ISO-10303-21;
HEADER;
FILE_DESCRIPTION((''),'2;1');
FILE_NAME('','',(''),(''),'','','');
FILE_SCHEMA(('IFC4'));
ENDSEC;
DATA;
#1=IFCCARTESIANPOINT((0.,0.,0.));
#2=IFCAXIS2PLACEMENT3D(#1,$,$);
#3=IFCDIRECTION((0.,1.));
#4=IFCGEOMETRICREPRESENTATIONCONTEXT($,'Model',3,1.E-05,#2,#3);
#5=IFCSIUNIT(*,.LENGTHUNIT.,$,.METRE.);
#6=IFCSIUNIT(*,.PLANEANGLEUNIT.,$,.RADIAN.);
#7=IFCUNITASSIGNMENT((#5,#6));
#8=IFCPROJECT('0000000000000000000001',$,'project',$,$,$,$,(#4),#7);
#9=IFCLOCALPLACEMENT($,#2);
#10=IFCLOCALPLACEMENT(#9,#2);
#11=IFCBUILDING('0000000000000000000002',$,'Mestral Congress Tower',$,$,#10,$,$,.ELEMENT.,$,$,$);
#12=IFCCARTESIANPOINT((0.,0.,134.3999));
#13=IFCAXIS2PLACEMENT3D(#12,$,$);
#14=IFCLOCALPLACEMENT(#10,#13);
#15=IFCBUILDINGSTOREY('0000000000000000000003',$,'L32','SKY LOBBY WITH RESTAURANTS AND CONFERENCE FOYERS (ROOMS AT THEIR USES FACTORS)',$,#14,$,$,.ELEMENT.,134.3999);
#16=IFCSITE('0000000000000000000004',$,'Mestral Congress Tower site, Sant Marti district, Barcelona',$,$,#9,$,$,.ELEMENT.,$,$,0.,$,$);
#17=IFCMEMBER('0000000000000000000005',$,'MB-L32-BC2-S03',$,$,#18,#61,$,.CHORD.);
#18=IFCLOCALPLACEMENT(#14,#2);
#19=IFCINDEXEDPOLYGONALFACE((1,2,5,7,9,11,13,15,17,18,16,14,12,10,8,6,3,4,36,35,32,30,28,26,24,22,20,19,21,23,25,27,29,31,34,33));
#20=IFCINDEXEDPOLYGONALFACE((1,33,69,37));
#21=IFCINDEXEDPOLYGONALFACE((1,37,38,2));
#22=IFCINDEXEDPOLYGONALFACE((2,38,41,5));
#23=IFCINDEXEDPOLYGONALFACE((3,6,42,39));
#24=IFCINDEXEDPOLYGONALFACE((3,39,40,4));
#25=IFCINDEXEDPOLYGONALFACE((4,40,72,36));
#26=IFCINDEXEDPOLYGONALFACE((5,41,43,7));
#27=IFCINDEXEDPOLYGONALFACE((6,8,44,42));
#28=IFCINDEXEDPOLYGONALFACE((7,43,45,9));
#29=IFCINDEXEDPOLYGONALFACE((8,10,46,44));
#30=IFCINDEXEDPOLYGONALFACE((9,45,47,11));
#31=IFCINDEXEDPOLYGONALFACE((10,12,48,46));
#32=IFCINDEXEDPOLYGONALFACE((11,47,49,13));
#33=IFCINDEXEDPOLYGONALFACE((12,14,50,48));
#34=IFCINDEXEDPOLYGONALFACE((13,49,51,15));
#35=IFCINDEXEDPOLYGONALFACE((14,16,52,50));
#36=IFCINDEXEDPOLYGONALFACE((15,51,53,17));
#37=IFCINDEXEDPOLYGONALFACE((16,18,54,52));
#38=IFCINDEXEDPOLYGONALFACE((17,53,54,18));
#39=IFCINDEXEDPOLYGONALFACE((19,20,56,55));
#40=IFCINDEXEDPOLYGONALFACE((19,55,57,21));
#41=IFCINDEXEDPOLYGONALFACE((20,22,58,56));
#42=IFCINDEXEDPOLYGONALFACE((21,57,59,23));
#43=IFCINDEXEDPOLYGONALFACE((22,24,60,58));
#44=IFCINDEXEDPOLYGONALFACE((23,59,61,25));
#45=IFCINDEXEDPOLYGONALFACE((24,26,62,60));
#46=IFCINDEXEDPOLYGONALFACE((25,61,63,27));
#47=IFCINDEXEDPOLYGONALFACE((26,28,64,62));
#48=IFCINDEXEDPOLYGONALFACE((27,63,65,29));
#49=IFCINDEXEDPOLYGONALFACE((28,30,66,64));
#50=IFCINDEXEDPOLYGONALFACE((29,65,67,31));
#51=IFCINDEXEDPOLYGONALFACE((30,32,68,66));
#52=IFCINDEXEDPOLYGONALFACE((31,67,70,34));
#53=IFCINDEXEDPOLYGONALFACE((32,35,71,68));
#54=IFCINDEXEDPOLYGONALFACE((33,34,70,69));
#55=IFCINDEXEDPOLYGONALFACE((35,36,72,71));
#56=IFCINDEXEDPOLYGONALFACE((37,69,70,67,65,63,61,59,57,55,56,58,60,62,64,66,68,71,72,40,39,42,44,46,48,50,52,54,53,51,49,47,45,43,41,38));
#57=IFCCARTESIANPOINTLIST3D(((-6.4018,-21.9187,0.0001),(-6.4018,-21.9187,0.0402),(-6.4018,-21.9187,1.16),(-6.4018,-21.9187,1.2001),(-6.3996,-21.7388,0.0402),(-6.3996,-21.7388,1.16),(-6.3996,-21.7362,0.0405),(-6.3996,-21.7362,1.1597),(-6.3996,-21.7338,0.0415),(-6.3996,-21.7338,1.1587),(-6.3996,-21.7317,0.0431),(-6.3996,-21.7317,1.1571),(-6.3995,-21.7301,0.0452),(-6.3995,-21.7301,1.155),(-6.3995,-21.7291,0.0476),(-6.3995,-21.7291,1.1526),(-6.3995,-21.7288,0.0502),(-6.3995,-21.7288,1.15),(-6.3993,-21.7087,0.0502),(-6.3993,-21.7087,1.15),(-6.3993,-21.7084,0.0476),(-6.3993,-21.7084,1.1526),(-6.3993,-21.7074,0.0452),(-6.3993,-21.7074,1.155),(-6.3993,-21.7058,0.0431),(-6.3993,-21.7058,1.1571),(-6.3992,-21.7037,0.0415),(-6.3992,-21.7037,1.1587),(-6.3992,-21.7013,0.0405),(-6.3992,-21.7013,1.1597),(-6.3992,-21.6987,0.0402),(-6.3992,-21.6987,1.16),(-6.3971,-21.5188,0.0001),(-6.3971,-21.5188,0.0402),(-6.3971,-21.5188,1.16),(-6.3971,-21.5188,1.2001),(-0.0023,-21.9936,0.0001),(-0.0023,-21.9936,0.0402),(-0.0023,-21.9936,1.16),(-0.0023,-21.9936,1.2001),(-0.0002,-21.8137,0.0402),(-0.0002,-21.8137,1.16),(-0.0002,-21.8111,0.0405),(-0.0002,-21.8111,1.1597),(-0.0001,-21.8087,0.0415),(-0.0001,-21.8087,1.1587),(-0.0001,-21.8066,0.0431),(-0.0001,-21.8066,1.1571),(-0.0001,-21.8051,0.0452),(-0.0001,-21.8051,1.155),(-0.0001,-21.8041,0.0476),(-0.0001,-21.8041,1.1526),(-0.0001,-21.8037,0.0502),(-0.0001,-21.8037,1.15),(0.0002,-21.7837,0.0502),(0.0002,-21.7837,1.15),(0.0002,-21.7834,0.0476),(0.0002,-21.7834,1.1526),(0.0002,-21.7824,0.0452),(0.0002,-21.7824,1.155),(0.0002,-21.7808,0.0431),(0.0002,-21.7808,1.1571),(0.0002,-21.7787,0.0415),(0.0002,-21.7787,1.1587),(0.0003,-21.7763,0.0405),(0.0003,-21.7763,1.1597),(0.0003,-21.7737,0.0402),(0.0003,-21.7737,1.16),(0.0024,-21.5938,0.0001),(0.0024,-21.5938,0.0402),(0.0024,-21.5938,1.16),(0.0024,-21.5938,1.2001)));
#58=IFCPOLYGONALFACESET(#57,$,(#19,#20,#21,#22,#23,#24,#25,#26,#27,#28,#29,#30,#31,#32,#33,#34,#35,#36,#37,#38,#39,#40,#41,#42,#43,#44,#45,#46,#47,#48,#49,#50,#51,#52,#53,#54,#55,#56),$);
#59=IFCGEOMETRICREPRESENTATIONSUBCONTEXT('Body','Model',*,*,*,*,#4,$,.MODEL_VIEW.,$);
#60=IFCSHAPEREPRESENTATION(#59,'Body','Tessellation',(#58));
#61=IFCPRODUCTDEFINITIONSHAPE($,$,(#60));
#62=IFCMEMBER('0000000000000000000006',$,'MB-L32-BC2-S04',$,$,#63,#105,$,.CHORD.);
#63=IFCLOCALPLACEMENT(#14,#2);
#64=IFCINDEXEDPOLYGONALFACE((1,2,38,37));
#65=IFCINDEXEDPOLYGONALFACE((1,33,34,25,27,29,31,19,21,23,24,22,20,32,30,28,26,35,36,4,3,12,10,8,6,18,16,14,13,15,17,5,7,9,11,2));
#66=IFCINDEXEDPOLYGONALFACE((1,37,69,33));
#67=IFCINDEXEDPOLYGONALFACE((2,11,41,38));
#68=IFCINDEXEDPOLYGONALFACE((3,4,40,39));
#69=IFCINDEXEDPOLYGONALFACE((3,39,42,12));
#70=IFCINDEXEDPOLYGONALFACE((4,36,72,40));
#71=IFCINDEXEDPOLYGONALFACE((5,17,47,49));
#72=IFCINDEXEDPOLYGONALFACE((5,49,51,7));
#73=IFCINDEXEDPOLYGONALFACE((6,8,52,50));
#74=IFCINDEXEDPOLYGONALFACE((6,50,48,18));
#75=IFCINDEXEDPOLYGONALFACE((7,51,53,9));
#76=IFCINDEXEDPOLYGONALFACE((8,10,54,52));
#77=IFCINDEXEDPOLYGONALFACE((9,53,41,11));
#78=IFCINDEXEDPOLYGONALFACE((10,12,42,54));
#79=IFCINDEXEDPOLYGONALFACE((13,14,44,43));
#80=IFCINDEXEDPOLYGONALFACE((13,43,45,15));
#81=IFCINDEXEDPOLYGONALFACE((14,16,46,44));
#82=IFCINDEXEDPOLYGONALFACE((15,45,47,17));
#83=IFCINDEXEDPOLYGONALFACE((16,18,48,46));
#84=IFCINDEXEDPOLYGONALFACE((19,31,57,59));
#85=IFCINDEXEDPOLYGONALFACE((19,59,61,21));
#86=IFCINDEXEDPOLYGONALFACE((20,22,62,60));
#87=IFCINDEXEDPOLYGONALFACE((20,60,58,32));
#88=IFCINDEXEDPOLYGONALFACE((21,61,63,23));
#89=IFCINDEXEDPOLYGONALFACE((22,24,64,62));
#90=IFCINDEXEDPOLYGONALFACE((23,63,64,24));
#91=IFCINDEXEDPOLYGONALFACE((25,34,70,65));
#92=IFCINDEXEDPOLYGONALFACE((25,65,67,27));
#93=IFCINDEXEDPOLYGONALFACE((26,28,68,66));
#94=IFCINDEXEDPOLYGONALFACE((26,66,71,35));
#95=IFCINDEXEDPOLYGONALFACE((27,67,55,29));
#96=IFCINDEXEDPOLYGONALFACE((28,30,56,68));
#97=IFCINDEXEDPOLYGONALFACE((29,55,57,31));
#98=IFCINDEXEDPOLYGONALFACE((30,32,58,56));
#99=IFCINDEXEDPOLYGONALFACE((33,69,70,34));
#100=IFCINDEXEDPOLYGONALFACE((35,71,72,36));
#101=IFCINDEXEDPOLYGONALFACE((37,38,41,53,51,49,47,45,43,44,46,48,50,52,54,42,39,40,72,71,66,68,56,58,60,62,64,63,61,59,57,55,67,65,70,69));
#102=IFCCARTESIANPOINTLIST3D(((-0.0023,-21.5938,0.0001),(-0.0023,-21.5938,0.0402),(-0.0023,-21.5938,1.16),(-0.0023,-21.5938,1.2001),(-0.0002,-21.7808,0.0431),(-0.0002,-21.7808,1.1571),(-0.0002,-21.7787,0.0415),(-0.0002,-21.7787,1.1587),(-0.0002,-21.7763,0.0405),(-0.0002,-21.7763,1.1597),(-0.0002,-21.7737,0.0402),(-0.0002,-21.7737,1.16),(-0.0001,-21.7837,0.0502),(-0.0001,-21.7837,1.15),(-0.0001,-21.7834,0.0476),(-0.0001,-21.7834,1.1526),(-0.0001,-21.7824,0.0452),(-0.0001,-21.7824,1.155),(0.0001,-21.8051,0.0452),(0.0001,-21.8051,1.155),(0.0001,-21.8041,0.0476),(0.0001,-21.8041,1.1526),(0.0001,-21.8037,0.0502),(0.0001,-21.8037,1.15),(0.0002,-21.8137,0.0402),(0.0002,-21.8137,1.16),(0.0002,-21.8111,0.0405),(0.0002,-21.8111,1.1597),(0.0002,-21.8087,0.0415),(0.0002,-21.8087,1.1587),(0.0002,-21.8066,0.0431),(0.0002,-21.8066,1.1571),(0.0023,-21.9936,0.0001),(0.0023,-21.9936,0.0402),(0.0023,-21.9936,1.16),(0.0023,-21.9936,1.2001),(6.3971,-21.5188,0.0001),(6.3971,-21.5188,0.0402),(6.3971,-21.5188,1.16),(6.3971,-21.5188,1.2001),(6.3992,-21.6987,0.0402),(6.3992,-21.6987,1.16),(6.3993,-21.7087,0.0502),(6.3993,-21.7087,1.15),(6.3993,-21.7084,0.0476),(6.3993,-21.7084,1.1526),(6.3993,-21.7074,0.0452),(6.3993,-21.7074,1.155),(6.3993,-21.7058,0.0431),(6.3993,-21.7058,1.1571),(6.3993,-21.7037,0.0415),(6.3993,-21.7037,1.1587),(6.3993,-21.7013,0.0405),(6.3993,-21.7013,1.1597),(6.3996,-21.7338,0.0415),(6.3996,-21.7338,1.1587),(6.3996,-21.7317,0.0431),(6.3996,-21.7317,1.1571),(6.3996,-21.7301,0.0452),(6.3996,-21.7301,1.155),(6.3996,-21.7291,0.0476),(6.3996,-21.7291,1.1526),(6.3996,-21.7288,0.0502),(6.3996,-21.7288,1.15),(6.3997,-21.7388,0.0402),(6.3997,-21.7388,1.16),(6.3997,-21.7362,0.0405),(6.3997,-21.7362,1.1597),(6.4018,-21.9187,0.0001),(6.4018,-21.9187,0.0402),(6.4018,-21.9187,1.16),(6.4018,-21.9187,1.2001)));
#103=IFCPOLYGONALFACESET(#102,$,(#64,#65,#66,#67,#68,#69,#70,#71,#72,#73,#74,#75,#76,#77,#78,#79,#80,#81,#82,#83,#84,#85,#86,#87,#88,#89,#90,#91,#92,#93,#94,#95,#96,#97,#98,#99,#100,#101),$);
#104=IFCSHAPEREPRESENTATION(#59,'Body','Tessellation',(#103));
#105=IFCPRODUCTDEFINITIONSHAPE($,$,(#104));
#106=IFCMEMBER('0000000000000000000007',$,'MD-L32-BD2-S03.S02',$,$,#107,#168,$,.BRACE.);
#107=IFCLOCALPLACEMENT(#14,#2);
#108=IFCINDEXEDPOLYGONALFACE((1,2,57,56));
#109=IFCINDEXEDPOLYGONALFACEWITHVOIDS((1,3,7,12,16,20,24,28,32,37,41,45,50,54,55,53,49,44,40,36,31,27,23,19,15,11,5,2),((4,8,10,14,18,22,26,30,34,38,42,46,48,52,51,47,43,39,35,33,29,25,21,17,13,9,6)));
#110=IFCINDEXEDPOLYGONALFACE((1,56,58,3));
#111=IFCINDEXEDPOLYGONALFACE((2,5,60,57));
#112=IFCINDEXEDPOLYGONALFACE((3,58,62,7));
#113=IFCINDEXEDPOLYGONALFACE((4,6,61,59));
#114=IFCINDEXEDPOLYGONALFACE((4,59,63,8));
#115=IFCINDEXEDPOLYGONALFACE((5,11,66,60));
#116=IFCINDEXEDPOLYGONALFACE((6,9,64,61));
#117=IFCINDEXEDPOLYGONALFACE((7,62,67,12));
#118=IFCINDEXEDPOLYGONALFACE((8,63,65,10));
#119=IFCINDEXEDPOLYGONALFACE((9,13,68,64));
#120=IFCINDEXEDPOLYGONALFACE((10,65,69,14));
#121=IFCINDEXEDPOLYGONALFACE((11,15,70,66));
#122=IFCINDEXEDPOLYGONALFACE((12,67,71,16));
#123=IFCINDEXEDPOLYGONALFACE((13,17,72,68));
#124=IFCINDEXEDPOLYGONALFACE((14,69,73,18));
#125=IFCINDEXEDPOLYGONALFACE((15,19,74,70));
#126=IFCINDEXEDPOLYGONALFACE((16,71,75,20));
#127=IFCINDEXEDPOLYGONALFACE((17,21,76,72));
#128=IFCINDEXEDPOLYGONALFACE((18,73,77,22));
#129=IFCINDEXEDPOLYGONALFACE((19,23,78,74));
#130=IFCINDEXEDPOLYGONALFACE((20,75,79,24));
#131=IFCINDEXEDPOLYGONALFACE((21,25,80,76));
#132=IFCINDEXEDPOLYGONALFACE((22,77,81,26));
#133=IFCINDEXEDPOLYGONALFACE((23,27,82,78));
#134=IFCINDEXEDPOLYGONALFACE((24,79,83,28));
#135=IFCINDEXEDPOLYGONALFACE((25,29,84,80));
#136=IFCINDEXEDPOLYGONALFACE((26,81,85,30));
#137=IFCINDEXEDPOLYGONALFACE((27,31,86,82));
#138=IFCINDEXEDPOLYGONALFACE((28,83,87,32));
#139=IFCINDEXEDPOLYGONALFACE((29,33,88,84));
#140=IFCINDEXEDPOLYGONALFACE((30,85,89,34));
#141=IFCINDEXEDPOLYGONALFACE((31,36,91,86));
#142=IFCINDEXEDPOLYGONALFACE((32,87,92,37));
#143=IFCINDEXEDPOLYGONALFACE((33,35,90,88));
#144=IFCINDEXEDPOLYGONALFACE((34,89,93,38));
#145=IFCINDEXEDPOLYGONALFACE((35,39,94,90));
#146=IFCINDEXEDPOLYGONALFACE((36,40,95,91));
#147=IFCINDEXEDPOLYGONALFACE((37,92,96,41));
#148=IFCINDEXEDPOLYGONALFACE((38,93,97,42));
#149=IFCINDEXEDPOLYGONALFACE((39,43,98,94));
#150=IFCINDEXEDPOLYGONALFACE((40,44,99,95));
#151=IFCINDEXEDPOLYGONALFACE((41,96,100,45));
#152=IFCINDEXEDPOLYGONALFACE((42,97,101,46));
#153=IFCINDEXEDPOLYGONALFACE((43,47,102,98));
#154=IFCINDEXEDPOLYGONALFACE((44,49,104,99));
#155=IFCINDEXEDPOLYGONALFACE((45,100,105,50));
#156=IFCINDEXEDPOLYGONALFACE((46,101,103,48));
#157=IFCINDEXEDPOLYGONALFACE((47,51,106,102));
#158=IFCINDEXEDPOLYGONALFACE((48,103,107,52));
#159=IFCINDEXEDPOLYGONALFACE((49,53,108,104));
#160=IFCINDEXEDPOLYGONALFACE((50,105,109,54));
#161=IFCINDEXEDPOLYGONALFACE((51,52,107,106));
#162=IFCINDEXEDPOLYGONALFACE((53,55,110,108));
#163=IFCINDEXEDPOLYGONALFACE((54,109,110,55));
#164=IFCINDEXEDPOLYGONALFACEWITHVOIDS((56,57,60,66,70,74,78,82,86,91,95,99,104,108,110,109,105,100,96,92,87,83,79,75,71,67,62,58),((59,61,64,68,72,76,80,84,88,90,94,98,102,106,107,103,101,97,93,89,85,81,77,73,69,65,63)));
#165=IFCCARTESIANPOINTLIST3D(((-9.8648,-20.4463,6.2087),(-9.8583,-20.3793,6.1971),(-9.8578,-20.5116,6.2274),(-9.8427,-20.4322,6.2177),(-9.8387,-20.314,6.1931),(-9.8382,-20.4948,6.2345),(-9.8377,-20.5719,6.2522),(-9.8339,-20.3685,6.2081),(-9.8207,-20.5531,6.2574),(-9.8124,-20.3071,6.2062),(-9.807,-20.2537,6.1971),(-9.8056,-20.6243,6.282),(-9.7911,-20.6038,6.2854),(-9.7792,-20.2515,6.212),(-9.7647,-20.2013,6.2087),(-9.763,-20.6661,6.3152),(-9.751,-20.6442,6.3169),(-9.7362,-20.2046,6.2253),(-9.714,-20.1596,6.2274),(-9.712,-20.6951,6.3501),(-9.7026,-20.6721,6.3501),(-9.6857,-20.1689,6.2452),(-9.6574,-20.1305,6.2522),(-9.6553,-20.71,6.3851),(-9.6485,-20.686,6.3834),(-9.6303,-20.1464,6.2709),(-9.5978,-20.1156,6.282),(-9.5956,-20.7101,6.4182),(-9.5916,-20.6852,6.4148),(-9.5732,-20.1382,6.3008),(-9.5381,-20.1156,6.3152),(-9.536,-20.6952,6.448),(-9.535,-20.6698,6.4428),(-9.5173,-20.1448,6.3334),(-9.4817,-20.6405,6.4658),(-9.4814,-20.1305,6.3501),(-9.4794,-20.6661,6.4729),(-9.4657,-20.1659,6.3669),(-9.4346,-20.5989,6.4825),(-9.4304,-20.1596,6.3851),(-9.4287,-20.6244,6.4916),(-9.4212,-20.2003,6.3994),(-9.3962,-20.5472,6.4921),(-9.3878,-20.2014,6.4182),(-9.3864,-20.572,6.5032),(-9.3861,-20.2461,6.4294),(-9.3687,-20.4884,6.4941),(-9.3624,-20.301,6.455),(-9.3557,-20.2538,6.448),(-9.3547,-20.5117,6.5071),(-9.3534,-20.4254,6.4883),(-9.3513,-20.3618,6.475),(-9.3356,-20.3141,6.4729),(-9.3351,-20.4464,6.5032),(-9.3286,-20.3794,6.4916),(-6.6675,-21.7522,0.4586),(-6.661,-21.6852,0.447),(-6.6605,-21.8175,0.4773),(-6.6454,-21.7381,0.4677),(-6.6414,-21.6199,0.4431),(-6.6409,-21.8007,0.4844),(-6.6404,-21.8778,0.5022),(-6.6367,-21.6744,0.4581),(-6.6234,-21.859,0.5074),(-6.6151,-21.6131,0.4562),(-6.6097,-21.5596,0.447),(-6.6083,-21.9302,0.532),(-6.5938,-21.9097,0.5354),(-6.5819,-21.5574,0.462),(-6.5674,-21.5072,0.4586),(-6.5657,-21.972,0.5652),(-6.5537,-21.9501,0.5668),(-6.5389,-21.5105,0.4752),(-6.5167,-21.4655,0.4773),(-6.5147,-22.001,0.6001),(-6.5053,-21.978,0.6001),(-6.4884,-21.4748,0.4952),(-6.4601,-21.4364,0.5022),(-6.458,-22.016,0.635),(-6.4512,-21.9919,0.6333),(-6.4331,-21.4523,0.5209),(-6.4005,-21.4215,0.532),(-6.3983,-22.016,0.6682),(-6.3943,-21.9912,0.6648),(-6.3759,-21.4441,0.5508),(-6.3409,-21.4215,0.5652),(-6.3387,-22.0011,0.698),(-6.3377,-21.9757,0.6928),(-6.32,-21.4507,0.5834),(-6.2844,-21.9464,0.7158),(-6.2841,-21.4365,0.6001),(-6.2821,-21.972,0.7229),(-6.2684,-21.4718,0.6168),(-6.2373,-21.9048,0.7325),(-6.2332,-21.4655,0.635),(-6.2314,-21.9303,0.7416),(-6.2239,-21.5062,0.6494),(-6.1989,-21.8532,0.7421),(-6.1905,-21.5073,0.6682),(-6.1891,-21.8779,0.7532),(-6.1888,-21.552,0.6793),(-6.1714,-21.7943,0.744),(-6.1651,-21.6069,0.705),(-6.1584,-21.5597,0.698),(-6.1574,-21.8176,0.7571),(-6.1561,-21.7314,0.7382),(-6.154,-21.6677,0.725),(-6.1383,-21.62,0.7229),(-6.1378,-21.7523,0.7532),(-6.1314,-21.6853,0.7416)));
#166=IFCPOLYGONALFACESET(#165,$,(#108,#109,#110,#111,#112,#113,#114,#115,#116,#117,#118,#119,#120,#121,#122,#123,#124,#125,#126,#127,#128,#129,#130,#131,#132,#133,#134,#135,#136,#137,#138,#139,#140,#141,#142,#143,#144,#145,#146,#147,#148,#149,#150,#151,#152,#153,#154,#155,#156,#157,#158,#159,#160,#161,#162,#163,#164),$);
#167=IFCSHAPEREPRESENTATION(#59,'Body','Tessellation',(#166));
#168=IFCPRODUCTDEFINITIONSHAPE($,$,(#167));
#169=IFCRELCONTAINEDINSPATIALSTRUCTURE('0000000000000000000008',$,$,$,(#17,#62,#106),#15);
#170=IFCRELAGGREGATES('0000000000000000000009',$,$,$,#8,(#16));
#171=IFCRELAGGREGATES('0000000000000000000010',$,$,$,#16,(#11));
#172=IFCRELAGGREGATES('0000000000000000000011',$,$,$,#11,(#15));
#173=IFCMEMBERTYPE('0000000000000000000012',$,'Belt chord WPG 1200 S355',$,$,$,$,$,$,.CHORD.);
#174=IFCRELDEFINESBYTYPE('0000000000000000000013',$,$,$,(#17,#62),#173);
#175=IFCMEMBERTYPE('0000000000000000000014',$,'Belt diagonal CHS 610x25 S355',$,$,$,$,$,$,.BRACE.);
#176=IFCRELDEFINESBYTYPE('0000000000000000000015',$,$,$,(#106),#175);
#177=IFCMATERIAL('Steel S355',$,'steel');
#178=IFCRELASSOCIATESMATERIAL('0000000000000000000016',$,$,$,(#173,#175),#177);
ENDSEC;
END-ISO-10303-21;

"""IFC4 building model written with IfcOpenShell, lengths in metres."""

from ifc_helpers import new_model, si_unit, direction, frame, origin, origin_2d, place, context, subcontext, project, spatial, hollow_circle, i_section, extrude, material, material_profile, profile_set, type_object, element, save


model = new_model("IFC4")

# Units and contexts
model_context = context("Model", 3, precision=1e-05, world=origin(), true_north=direction((0.0, 1.0)))
body_context = subcontext(model_context, "Body", "Model", "MODEL_VIEW")
ifc_project = project(units=[si_unit("LENGTHUNIT", "METRE"), si_unit("PLANEANGLEUNIT", "RADIAN")], contexts=[model_context])

# Site, building, storey
site_placement = place(None, origin())
site = spatial("IfcSite", under=ifc_project, at=site_placement, Name="Mestral Congress Tower site, Sant Marti district, Barcelona", CompositionType="ELEMENT", RefElevation=0.0)
building_placement = place(site_placement, origin())
building = spatial("IfcBuilding", under=site, at=building_placement, Name="Mestral Congress Tower", CompositionType="ELEMENT")
storey_placement = place(building_placement, frame((0.0, 0.0, 134.3999)))
storey = spatial("IfcBuildingStorey", under=building, at=storey_placement, Name="L32", Description="SKY LOBBY WITH RESTAURANTS AND CONFERENCE FOYERS (ROOMS AT THEIR USES FACTORS)", CompositionType="ELEMENT", Elevation=134.3999)

# Members
ifc_material_1 = material(Name="Steel S355", Category="steel")
ifc_material_profile_1 = material_profile(ifc_material_1, i_section(OverallWidth=0.3999, OverallDepth=1.2, WebThickness=0.02, FlangeThickness=0.04, FilletRadius=0.01, at=origin_2d()), Name="WPG 1200")
ifc_profile_set_1 = profile_set([ifc_material_profile_1], Name="Steel S355")
member_type_1 = type_object("IfcMemberType", Name="Belt chord WPG 1200 S355", PredefinedType="CHORD", material=ifc_profile_set_1)
for number, where, z_axis, x_axis, name in (
    (1, (-6.3994, -21.7188, 0.6001), (0.999931, -0.011711, 0.0), (0.011711, 0.999931, 0.0), "MB-L32-BC2-S03"),
    (2, (0.0, -21.7937, 0.6001), (0.999931, 0.011711, 0.0), (-0.011711, 0.999931, 0.0), "MB-L32-BC2-S04"),
):
    element("IfcMember", number, at=place(storey_placement, frame(where, z_axis=z_axis, x_axis=x_axis)), inside=storey, type_object=member_type_1, Name=name, PredefinedType="CHORD", context=body_context, shape_type="SweptSolid", body=[
        extrude(i_section(OverallWidth=0.3999, OverallDepth=1.2, WebThickness=0.02, FlangeThickness=0.04, FilletRadius=0.01, at=origin_2d()), origin(), (0.0, 0.0, 1.0), 6.3999),
    ])
ifc_material_profile_2 = material_profile(ifc_material_1, hollow_circle(Radius=0.3049, WallThickness=0.0249, at=origin_2d()), Name="CHS 610x25")
ifc_profile_set_2 = profile_set([ifc_material_profile_2], Name="Steel S355")
member_type_2 = type_object("IfcMemberType", Name="Belt diagonal CHS 610x25 S355", PredefinedType="BRACE", material=ifc_profile_set_2)
member_1_placement = place(storey_placement, frame((-6.3994, -21.7188, 0.6001), z_axis=(-0.476671, 0.194694, 0.857251), x_axis=(-0.378121, -0.925756, 0.0)))
element("IfcMember", 3, at=member_1_placement, inside=storey, type_object=member_type_2, Name="MD-L32-BD2-S03.S02", PredefinedType="BRACE", context=body_context, shape_type="SweptSolid", body=[
    extrude(hollow_circle(Radius=0.3049, WallThickness=0.0249, at=origin_2d()), origin(), (0.0, 0.0, 1.0), 6.7075),
])

save(model, "model.ifc")
